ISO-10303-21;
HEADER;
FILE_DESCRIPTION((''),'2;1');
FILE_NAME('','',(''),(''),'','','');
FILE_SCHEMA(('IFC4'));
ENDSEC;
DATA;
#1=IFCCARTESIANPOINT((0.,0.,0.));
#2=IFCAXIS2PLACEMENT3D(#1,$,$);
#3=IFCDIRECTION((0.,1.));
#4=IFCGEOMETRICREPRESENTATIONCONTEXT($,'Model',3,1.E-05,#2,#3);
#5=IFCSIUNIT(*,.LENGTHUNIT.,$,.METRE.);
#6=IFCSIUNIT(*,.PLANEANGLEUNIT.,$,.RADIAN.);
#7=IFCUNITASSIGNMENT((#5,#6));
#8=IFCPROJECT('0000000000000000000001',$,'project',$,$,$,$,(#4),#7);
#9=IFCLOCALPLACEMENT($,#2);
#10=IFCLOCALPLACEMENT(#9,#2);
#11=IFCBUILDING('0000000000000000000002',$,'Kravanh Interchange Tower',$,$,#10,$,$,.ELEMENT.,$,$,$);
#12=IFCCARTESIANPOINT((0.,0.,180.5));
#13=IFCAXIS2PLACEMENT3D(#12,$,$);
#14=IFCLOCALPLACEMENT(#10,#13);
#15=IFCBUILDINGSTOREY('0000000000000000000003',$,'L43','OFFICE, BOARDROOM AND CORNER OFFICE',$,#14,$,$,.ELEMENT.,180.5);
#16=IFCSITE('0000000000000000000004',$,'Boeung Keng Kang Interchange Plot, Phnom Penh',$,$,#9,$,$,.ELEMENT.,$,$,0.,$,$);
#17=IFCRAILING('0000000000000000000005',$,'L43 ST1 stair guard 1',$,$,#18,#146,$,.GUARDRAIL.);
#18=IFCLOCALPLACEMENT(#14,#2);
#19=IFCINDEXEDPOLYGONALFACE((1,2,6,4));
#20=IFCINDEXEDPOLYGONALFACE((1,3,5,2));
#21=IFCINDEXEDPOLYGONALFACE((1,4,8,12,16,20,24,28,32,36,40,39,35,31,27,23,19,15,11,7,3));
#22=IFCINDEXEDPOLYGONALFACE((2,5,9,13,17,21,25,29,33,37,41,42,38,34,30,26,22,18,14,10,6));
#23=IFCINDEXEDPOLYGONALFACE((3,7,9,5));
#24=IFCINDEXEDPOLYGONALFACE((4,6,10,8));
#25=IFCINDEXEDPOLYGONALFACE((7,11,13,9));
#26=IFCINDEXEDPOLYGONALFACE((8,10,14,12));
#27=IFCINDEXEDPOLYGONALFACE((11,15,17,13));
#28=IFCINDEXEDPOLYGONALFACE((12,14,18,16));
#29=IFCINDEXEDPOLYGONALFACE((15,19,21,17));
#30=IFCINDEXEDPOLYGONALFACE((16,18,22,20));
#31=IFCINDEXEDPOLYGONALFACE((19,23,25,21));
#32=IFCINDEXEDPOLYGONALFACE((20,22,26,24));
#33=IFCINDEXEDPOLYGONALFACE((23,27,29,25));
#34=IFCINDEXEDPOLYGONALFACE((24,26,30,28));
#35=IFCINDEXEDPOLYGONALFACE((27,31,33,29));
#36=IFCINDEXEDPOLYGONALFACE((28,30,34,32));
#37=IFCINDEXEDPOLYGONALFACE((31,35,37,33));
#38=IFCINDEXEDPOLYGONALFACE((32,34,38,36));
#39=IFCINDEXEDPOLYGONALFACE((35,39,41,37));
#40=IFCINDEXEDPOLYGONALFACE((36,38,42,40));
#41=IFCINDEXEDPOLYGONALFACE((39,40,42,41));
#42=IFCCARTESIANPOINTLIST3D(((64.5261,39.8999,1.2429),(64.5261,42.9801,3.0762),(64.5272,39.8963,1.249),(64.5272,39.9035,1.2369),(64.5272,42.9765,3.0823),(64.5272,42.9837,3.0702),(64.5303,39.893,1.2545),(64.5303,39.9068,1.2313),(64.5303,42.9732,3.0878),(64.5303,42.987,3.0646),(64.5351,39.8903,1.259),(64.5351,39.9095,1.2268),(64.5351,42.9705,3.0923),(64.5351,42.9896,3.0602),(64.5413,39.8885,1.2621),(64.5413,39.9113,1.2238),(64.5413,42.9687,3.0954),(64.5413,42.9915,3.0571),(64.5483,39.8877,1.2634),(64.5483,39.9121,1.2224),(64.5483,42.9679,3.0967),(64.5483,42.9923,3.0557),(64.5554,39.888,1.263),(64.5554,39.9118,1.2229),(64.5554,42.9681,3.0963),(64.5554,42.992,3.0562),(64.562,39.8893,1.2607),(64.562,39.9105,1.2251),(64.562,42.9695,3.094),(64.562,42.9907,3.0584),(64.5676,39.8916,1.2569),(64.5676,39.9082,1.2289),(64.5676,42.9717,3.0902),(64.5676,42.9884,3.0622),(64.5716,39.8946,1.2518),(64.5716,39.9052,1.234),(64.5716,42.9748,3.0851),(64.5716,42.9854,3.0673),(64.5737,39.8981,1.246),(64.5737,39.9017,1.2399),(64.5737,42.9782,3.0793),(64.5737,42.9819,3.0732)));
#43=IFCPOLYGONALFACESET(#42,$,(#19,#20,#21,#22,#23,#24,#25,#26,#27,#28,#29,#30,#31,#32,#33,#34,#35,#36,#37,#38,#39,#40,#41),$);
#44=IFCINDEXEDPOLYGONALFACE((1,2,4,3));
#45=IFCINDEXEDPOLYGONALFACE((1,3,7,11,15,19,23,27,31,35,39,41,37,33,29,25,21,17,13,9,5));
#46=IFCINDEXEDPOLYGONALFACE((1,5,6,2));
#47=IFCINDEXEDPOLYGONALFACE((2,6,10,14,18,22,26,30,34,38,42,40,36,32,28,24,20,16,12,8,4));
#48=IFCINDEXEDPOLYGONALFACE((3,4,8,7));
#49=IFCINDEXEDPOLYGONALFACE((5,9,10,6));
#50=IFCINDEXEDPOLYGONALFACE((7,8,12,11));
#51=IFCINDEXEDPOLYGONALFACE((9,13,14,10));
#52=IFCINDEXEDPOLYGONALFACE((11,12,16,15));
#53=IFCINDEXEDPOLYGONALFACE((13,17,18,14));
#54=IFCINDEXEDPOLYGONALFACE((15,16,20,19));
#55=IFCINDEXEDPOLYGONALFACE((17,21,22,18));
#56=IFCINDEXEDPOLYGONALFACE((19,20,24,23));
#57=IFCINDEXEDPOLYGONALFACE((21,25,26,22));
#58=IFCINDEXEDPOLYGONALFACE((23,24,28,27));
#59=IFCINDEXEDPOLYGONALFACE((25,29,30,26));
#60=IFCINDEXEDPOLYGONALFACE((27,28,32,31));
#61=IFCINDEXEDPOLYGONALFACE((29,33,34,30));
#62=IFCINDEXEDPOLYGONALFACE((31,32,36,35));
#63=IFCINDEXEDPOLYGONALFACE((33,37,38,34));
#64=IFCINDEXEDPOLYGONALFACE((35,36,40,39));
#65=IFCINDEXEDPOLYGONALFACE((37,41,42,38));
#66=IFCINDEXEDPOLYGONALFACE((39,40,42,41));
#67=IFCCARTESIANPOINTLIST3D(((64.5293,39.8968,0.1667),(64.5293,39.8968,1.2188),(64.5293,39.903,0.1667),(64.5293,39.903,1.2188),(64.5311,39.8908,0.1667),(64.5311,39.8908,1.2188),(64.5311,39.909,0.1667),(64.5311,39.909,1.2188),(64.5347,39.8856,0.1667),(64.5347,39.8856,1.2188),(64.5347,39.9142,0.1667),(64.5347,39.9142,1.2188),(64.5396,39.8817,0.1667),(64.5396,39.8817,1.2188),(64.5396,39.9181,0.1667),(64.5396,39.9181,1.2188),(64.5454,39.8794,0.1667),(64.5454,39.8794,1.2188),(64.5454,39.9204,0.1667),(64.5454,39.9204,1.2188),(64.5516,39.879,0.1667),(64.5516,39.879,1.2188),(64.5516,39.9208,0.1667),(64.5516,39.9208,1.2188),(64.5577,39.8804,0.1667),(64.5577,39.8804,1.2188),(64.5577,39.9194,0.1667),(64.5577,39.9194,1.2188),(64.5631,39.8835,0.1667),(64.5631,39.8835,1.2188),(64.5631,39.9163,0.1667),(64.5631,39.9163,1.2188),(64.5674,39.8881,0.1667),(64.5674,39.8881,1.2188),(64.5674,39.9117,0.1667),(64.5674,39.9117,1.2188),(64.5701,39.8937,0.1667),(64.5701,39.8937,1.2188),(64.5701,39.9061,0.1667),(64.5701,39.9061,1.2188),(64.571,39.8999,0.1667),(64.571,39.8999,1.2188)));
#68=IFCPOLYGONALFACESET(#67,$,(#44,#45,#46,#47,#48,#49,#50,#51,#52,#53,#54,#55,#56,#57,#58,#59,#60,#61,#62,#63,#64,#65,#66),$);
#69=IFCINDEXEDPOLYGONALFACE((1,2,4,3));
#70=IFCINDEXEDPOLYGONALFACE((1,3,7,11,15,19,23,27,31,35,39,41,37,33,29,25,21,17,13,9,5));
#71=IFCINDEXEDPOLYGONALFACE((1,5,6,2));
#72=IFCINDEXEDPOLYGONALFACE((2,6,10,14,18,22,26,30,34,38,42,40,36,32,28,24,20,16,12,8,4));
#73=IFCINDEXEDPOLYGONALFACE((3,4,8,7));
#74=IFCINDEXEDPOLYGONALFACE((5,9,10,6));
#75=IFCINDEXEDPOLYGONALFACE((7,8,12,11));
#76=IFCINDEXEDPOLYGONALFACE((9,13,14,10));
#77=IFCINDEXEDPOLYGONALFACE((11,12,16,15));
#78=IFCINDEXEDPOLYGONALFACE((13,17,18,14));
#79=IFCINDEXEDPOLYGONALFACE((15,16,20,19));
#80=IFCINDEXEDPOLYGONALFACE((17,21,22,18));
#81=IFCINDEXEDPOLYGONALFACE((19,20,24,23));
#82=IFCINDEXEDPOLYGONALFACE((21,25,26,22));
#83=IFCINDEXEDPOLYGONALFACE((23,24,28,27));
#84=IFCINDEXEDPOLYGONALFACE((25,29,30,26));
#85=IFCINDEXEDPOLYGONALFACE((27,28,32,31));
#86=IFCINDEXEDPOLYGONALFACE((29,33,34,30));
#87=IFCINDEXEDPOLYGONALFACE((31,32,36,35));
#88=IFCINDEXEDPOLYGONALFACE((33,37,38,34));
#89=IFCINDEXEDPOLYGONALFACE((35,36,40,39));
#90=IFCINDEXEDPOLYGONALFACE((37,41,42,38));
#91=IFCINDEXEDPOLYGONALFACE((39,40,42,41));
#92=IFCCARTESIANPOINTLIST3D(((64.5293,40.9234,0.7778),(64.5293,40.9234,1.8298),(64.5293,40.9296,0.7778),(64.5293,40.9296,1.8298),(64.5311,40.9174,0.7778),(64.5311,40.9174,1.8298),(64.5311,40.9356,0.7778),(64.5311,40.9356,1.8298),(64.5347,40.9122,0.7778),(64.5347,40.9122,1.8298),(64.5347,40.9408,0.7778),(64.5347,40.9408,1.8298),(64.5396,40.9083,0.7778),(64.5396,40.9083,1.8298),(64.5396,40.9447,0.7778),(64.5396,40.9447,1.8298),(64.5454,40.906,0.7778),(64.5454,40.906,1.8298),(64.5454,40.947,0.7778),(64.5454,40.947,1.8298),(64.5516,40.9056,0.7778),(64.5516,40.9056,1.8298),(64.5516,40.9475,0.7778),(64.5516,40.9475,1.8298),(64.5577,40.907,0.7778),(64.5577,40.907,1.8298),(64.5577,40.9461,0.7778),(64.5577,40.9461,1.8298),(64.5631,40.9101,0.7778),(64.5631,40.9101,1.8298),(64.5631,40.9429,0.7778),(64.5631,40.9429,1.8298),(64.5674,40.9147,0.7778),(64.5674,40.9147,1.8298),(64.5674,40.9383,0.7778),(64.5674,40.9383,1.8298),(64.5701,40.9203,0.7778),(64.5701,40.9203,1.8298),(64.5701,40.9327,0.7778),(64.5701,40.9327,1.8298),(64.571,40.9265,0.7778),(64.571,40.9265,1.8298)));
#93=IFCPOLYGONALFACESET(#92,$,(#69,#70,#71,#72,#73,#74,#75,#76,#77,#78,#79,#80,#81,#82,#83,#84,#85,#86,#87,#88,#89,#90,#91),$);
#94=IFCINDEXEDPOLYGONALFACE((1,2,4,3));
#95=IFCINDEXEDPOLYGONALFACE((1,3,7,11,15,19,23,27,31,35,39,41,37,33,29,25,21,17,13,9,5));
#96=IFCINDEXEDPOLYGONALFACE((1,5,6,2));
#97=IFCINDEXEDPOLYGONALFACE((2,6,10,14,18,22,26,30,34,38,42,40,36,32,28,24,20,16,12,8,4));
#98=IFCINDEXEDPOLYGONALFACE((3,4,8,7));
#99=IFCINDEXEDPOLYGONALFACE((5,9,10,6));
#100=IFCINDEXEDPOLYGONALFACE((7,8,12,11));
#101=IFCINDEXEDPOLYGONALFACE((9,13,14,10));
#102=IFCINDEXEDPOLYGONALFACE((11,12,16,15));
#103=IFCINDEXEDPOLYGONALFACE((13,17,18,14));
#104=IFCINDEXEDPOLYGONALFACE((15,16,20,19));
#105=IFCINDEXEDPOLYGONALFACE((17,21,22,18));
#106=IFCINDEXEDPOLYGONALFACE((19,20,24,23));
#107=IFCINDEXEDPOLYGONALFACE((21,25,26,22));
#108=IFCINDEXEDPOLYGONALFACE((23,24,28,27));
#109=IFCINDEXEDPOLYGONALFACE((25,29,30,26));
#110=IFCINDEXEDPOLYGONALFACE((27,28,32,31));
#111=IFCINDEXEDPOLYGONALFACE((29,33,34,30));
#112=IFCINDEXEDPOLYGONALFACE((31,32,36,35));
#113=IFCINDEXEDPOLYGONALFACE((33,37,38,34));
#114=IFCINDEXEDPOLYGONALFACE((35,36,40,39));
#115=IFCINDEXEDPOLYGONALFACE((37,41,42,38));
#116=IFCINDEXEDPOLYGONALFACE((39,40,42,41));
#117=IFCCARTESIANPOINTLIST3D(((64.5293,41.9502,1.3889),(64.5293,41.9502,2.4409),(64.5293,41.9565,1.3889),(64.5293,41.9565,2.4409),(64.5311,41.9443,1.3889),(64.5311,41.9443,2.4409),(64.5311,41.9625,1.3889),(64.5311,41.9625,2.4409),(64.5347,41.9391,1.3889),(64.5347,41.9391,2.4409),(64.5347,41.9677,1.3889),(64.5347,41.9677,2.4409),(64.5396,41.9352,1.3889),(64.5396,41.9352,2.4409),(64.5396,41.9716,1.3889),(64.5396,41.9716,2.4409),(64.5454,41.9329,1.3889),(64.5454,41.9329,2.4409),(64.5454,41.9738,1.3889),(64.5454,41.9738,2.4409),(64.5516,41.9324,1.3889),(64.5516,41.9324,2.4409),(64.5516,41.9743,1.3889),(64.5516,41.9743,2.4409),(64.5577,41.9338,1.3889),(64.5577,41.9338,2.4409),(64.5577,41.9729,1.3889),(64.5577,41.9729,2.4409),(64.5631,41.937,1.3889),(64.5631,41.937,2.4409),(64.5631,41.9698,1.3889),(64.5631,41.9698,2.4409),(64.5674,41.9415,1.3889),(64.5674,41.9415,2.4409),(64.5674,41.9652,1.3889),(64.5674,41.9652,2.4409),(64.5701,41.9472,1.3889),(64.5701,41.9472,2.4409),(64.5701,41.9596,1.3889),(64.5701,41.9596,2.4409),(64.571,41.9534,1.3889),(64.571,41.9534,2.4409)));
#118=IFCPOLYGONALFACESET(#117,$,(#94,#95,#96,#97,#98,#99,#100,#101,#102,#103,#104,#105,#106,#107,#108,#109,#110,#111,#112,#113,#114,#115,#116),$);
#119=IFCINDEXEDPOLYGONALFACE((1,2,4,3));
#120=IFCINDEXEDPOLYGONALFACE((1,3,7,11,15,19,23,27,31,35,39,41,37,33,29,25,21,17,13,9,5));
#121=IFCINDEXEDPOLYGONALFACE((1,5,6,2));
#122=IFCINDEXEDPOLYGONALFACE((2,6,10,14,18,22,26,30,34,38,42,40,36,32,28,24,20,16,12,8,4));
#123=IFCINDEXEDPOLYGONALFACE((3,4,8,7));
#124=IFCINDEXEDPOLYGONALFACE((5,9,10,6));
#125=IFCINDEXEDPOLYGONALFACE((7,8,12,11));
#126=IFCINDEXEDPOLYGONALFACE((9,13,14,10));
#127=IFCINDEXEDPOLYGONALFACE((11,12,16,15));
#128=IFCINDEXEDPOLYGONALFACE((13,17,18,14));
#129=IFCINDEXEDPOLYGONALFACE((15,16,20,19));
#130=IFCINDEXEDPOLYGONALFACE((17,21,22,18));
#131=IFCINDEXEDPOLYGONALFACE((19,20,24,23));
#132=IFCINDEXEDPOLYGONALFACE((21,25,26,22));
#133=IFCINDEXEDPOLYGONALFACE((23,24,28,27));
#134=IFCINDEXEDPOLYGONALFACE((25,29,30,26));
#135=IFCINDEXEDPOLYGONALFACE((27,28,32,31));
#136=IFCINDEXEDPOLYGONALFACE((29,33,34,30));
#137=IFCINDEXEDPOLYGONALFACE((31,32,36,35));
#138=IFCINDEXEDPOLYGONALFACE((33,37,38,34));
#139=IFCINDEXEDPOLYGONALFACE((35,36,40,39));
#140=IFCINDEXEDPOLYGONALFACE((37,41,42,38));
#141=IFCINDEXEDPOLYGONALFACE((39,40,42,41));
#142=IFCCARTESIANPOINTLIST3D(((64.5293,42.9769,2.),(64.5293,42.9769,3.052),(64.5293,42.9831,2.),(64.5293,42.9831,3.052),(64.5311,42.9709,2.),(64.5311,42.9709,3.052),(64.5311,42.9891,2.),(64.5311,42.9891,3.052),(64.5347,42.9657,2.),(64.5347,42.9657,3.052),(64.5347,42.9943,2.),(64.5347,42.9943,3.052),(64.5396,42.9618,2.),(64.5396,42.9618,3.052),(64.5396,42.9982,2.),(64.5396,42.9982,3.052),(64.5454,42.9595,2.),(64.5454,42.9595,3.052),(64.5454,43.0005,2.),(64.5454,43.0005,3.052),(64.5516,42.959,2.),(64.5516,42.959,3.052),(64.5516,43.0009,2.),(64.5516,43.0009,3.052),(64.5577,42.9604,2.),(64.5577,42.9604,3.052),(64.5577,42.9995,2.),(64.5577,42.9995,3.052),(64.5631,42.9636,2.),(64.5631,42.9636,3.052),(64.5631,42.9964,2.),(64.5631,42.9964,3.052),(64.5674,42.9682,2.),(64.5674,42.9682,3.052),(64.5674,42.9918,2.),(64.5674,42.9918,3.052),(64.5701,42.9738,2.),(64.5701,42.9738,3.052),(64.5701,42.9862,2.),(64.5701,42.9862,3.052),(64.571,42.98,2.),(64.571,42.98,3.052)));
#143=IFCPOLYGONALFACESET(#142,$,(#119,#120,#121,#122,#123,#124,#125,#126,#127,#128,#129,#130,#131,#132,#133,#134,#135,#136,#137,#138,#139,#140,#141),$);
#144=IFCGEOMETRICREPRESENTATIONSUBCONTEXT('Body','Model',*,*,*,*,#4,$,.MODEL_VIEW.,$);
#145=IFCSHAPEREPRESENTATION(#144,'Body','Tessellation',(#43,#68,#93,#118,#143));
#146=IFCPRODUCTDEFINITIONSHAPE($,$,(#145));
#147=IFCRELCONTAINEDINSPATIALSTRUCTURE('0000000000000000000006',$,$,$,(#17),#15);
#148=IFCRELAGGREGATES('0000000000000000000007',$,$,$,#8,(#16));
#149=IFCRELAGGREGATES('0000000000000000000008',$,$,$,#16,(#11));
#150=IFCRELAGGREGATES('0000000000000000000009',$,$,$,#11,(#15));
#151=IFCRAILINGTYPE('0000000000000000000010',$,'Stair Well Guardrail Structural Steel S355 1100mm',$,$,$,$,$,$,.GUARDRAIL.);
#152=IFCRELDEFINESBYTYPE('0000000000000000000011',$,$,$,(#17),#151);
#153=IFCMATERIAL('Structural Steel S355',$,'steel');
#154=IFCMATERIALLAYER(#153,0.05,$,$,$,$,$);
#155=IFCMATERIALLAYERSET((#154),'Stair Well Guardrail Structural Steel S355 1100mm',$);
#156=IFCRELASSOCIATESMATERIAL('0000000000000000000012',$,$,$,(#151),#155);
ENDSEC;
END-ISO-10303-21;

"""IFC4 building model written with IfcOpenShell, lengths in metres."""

from ifc_helpers import new_model, si_unit, direction, frame, origin, origin_2d, place, context, subcontext, project, spatial, circle, extrude, material, layer, layer_set, type_object, element, save


model = new_model("IFC4")

# Units and contexts
model_context = context("Model", 3, precision=1e-05, world=origin(), true_north=direction((0.0, 1.0)))
body_context = subcontext(model_context, "Body", "Model", "MODEL_VIEW")
ifc_project = project(units=[si_unit("LENGTHUNIT", "METRE"), si_unit("PLANEANGLEUNIT", "RADIAN")], contexts=[model_context])

# Site, building, storey
site_placement = place(None, origin())
site = spatial("IfcSite", under=ifc_project, at=site_placement, Name="Boeung Keng Kang Interchange Plot, Phnom Penh", CompositionType="ELEMENT", RefElevation=0.0)
building_placement = place(site_placement, origin())
building = spatial("IfcBuilding", under=site, at=building_placement, Name="Kravanh Interchange Tower", CompositionType="ELEMENT")
storey_placement = place(building_placement, frame((0.0, 0.0, 180.5)))
storey = spatial("IfcBuildingStorey", under=building, at=storey_placement, Name="L43", Description="OFFICE, BOARDROOM AND CORNER OFFICE", CompositionType="ELEMENT", Elevation=180.5)

# Railing
ifc_material_1 = material(Name="Structural Steel S355", Category="steel")
ifc_layer_1 = layer(ifc_material_1, 0.05)
ifc_layer_set_1 = layer_set([ifc_layer_1], Name="Stair Well Guardrail Structural Steel S355 1100mm")
railing_type_1 = type_object("IfcRailingType", Name="Stair Well Guardrail Structural Steel S355 1100mm", PredefinedType="GUARDRAIL", material=ifc_layer_set_1)
railing_1_placement = place(storey_placement, frame((64.55, 39.8999, 0.1667)))
element("IfcRailing", 1, at=railing_1_placement, inside=storey, type_object=railing_type_1, Name="L43 ST1 stair guard 1", PredefinedType="GUARDRAIL", context=body_context, shape_type="SweptSolid", body=[
    extrude(circle(Radius=0.0239, at=origin_2d()), frame((0.0, 0.0, 1.0762), z_axis=(0.0, 0.859309, 0.511458), x_axis=(-1.0, 0.0, 0.0)), (0.0, 0.0, 1.0), 3.5845),
    extrude(circle(Radius=0.021, at=origin_2d()), origin(), (0.0, 0.0, 1.0), 1.052),
    extrude(circle(Radius=0.021, at=origin_2d()), frame((0.0, 1.0266, 0.6111)), (0.0, 0.0, 1.0), 1.052),
    extrude(circle(Radius=0.021, at=origin_2d()), frame((0.0, 2.0535, 1.2222)), (0.0, 0.0, 1.0), 1.052),
    extrude(circle(Radius=0.021, at=origin_2d()), frame((0.0, 3.0801, 1.8333)), (0.0, 0.0, 1.0), 1.052),
])

save(model, "model.ifc")
